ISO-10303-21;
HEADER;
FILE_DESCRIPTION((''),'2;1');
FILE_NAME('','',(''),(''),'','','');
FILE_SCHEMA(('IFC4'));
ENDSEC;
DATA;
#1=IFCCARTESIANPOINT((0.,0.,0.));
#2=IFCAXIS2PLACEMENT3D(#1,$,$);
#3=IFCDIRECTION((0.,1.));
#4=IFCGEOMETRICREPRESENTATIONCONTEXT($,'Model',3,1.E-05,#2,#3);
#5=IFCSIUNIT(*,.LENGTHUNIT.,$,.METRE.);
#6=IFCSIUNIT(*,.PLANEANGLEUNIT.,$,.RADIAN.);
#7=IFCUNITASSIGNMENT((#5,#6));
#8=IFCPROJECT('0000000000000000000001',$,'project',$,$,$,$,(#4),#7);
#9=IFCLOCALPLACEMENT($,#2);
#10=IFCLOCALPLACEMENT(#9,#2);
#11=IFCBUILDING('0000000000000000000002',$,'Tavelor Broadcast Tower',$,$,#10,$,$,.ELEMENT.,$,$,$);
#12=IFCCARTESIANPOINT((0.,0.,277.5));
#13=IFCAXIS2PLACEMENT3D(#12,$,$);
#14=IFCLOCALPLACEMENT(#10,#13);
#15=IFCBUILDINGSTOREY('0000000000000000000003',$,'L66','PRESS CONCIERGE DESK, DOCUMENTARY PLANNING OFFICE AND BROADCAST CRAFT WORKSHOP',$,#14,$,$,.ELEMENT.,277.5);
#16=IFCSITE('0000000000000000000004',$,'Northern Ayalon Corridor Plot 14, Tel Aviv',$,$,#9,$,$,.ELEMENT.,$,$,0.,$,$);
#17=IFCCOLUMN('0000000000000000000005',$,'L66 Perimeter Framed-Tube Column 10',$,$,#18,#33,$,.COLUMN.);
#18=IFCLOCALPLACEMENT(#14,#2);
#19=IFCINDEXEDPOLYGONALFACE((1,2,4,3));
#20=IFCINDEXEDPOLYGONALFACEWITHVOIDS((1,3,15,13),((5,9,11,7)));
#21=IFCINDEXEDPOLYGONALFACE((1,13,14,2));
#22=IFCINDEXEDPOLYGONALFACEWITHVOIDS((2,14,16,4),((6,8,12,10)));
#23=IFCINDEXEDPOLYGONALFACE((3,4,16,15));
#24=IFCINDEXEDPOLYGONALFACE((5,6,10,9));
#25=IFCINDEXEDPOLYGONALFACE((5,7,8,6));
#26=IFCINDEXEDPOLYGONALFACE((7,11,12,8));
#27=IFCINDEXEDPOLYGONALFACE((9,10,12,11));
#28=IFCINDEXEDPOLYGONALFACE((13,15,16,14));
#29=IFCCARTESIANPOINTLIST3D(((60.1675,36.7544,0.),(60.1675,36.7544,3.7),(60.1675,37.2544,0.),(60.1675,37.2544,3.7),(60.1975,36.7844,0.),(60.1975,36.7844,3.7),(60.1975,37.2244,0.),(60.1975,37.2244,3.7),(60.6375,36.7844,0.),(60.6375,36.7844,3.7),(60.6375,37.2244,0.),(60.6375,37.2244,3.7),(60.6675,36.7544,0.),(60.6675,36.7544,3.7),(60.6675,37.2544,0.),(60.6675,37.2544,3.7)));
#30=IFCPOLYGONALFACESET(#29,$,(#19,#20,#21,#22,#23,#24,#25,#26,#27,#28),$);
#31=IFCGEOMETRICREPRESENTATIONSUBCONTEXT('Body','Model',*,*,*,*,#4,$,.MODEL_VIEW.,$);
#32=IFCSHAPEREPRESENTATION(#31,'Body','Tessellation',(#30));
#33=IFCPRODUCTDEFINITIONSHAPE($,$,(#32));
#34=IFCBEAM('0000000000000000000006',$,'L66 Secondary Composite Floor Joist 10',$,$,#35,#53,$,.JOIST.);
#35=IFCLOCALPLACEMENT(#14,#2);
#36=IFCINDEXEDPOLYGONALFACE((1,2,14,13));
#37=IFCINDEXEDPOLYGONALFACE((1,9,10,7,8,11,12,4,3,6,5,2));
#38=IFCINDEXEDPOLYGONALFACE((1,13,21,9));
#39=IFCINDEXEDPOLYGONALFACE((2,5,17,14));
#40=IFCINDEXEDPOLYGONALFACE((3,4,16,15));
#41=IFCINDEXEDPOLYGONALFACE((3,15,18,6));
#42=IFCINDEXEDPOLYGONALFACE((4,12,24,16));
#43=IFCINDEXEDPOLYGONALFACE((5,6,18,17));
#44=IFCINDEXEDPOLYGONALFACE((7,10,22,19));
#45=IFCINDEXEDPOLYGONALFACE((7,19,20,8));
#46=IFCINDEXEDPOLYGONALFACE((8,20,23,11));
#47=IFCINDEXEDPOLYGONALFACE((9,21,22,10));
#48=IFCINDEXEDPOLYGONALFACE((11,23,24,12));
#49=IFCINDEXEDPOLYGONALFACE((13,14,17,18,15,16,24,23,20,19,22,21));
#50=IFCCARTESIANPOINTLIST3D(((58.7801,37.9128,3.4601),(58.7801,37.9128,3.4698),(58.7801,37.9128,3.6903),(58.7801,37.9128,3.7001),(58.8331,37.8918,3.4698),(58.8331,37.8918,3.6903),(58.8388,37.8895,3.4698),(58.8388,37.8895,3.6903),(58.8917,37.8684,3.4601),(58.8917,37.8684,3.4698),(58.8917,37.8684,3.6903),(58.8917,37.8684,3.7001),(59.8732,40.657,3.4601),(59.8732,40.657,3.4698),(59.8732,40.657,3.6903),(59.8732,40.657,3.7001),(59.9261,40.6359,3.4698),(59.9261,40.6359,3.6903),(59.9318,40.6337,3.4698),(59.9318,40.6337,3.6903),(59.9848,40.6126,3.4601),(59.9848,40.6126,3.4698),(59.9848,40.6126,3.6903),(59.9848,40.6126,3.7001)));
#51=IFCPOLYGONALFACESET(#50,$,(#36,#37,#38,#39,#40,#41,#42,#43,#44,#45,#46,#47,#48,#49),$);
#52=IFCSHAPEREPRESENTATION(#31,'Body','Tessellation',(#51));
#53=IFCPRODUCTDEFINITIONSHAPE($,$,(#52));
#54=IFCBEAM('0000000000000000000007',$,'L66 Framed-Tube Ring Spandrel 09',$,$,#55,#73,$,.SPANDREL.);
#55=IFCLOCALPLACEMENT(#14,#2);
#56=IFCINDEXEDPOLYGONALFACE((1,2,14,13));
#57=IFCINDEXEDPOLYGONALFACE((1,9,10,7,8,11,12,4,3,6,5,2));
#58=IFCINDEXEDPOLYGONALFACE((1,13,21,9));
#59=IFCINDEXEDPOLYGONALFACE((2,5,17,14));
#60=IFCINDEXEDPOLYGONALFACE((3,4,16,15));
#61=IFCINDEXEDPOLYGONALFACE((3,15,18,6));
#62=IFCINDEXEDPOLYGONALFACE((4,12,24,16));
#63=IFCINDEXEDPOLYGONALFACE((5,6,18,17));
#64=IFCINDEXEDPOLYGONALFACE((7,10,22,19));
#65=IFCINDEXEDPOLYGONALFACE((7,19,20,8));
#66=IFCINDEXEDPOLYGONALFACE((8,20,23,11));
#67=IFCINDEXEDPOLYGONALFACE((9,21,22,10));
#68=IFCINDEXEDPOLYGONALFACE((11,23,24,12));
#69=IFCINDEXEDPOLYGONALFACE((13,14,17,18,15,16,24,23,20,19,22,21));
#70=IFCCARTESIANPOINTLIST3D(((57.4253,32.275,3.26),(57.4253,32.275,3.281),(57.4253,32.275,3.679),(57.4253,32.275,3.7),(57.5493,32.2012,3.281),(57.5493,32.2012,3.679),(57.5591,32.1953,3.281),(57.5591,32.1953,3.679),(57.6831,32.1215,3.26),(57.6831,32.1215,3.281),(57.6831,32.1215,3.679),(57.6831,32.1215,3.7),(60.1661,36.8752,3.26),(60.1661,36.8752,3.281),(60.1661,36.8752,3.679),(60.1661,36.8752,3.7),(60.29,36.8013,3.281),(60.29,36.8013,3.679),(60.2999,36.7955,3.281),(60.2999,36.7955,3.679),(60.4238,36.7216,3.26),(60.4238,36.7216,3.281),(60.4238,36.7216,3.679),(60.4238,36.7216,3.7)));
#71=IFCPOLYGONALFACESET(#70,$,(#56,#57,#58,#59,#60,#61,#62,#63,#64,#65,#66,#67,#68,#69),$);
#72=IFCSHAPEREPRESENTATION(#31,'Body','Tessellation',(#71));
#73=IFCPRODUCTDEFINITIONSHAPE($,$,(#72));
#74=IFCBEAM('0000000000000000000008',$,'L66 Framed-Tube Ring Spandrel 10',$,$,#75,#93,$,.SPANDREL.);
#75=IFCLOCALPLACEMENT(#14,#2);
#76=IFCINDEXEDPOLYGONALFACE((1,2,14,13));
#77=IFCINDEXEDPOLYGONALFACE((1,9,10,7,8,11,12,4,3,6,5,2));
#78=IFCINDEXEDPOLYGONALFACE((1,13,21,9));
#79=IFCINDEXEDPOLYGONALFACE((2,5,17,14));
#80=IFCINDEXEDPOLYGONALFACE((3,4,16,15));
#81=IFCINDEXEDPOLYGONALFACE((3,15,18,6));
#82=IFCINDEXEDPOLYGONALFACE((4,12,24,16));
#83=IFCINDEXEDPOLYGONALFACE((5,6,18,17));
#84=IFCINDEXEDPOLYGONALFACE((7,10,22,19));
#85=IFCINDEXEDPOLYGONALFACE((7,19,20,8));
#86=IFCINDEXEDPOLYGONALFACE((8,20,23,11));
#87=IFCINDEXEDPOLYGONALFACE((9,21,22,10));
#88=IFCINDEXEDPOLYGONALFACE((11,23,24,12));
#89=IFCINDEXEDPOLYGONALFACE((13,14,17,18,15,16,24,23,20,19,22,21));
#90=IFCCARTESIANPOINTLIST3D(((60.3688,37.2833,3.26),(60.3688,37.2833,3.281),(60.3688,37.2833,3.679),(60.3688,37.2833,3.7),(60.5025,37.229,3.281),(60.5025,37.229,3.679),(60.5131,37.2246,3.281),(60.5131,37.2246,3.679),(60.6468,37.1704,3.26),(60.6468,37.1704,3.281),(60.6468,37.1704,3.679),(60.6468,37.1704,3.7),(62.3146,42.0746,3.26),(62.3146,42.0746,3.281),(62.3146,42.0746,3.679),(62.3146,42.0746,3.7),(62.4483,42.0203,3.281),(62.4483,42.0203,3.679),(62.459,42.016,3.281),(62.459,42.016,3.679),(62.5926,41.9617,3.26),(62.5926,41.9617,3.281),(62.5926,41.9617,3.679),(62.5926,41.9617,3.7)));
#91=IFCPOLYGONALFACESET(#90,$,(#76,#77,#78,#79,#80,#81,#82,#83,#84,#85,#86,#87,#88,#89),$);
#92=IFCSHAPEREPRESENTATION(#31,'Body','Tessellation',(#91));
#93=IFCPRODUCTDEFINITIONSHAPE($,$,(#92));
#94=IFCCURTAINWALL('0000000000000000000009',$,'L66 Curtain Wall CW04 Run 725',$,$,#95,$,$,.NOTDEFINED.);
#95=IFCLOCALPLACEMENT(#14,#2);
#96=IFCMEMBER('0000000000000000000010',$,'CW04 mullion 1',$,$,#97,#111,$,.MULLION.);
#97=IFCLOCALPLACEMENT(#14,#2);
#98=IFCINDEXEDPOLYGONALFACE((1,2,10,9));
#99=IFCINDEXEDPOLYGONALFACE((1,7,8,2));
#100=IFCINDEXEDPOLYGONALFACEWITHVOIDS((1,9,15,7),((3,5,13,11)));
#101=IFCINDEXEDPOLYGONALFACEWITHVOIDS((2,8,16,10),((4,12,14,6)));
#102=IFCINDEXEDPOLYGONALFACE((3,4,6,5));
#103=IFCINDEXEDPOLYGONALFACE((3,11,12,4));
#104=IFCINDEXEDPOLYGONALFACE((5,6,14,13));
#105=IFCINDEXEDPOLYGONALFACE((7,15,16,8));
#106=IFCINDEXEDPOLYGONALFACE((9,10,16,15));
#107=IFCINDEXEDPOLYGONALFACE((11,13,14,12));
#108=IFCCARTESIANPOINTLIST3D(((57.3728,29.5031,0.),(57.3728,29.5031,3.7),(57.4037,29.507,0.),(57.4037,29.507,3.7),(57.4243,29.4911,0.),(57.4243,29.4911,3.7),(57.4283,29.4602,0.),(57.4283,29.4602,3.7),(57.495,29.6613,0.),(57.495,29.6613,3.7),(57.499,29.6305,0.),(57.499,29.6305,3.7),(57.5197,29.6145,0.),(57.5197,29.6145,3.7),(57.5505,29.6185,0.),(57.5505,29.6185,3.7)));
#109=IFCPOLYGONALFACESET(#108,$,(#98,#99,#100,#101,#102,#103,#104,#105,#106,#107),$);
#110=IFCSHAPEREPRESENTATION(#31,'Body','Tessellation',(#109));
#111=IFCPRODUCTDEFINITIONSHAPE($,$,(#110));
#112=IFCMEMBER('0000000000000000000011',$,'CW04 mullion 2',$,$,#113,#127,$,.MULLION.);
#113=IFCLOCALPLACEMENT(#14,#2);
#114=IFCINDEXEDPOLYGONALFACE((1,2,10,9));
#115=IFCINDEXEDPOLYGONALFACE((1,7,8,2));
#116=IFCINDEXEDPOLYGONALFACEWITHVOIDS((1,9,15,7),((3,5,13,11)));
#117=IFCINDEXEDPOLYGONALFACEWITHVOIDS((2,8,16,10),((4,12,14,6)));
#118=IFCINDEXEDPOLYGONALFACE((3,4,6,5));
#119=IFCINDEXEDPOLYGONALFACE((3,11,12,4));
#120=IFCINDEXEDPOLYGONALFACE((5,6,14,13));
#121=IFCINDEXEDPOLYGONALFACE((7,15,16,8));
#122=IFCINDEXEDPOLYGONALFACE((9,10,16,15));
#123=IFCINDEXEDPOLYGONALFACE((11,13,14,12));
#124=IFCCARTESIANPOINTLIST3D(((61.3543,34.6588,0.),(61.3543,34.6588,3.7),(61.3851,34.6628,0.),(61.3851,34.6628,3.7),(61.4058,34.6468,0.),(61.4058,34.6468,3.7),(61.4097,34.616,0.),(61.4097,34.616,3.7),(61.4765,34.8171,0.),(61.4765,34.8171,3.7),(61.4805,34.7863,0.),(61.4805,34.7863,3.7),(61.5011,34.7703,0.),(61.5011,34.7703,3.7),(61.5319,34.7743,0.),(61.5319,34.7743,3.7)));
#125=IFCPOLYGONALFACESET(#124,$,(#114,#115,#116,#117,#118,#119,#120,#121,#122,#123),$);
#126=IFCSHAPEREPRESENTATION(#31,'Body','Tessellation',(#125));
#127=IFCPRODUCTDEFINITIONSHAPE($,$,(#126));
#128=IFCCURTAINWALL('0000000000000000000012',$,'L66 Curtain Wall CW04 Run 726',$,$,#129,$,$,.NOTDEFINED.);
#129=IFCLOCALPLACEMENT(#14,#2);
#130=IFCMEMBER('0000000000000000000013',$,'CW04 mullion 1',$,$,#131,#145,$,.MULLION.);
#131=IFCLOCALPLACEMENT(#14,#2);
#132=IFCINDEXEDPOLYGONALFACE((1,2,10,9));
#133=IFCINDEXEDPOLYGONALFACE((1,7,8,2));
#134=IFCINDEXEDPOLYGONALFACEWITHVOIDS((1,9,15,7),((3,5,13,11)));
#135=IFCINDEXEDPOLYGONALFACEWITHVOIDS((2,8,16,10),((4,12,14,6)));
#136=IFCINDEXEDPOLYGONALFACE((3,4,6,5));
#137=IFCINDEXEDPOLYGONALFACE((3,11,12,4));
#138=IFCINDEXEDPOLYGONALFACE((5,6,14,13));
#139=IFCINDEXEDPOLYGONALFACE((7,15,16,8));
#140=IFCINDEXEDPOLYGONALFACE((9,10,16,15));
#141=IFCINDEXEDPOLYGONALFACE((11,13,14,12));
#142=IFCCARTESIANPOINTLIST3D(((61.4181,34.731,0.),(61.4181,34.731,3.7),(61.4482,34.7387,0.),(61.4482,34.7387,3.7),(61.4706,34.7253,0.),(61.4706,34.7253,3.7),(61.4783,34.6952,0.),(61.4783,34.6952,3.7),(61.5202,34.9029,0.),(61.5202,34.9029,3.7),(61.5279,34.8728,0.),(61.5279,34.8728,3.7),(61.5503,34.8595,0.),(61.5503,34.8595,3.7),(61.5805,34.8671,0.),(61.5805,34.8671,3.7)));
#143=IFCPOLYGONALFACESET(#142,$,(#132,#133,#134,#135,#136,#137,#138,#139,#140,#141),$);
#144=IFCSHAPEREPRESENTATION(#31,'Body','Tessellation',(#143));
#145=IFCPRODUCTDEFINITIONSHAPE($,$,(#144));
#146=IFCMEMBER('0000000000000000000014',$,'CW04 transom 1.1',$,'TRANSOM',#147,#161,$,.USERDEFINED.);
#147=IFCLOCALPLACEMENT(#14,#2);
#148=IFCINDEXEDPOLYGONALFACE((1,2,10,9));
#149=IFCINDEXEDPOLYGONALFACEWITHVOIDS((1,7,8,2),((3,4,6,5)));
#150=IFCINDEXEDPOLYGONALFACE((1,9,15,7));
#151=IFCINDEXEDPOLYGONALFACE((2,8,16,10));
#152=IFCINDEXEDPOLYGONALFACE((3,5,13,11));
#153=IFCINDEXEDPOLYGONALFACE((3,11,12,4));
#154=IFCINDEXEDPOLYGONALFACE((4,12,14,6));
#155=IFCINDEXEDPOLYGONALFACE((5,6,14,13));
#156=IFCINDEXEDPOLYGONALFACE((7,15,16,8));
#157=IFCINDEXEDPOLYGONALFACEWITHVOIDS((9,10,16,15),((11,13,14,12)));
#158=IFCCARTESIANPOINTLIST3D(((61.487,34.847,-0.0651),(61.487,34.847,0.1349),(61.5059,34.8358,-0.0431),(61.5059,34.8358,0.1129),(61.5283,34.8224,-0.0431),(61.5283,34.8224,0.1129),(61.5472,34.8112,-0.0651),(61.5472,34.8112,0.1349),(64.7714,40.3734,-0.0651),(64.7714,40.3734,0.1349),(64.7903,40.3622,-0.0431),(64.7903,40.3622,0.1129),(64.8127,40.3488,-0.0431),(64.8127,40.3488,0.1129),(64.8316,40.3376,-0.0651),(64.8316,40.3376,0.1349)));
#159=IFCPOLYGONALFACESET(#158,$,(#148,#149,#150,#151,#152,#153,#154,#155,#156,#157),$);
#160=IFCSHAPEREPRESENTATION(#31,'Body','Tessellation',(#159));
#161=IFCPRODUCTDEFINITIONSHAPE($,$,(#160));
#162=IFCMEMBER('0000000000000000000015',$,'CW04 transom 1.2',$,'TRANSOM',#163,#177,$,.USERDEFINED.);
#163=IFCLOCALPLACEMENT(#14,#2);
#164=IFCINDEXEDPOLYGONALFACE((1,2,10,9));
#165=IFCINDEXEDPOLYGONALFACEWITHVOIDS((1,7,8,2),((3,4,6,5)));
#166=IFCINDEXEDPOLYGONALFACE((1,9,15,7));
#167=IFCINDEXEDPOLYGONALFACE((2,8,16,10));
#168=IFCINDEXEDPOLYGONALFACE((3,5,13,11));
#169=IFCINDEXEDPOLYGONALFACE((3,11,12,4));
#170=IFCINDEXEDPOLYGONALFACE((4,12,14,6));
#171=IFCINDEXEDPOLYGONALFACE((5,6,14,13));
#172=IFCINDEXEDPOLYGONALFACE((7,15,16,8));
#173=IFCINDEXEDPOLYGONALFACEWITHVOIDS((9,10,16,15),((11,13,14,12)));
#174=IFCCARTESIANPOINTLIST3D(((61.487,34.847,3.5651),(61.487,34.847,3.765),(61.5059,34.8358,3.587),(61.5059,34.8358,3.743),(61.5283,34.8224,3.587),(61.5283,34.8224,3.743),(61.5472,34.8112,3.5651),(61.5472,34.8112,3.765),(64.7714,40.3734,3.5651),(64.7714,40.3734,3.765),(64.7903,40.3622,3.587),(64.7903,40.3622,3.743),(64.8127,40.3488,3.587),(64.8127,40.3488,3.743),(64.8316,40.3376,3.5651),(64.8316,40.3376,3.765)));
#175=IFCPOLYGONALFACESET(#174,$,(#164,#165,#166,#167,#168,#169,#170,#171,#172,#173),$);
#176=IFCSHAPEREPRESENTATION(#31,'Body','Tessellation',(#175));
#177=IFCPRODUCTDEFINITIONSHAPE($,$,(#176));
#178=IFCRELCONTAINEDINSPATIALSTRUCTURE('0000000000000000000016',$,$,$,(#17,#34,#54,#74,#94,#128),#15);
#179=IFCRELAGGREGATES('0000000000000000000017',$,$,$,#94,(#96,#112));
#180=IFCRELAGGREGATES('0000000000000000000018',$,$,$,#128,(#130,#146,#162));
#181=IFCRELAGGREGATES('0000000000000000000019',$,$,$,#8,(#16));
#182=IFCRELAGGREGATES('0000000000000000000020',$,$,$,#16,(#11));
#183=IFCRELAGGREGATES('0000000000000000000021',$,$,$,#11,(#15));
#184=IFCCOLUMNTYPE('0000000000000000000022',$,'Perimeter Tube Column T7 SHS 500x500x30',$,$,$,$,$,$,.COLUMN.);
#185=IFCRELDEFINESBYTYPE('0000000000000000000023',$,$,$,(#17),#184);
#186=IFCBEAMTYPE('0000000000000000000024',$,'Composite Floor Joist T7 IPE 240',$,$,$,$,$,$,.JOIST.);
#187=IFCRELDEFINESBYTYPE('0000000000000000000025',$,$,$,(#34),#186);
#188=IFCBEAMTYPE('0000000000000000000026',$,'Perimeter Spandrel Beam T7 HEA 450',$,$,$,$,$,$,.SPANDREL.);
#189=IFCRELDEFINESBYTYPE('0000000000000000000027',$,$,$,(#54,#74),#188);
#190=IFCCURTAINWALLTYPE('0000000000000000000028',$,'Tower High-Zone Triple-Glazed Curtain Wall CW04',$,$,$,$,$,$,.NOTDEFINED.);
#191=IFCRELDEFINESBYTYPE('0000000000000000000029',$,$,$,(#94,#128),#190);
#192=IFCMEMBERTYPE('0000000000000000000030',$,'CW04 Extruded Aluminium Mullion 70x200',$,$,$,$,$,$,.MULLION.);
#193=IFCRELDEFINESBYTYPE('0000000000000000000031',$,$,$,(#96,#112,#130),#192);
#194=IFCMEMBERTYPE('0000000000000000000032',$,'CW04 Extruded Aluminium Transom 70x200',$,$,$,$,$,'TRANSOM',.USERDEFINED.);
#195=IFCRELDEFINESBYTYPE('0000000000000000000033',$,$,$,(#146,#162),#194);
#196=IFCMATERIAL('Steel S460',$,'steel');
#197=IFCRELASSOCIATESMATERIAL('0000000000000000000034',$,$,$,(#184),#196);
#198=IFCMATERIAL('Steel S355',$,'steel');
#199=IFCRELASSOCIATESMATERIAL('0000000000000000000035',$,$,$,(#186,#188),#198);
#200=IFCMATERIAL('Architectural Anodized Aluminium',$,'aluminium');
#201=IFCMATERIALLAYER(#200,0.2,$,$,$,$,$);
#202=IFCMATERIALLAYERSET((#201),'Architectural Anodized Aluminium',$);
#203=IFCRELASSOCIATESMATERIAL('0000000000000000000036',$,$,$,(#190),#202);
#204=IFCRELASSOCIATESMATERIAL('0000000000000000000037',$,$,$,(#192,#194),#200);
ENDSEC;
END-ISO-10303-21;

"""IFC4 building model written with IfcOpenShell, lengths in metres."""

from ifc_helpers import new_model, si_unit, direction, frame, origin, origin_2d, place, context, subcontext, project, spatial, hollow_rectangle, i_section, extrude, source, transform, mapped, material, layer, layer_set, material_profile, profile_set, type_object, type_shapes, element, aggregate, save


model = new_model("IFC4")

# Units and contexts
model_context = context("Model", 3, precision=1e-05, world=origin(), true_north=direction((0.0, 1.0)))
body_context = subcontext(model_context, "Body", "Model", "MODEL_VIEW")
ifc_project = project(units=[si_unit("LENGTHUNIT", "METRE"), si_unit("PLANEANGLEUNIT", "RADIAN")], contexts=[model_context])

# Site, building, storey
site_placement = place(None, origin())
site = spatial("IfcSite", under=ifc_project, at=site_placement, Name="Northern Ayalon Corridor Plot 14, Tel Aviv", CompositionType="ELEMENT", RefElevation=0.0)
building_placement = place(site_placement, origin())
building = spatial("IfcBuilding", under=site, at=building_placement, Name="Tavelor Broadcast Tower", CompositionType="ELEMENT")
storey_placement = place(building_placement, frame((0.0, 0.0, 277.5)))
storey = spatial("IfcBuildingStorey", under=building, at=storey_placement, Name="L66", Description="PRESS CONCIERGE DESK, DOCUMENTARY PLANNING OFFICE AND BROADCAST CRAFT WORKSHOP", CompositionType="ELEMENT", Elevation=277.5)

# Column
ifc_material_1 = material(Name="Steel S460", Category="steel")
ifc_material_profile_1 = material_profile(ifc_material_1, hollow_rectangle(XDim=0.5, YDim=0.5, WallThickness=0.03, at=origin_2d()), Name="SHS 500x500x30")
ifc_profile_set_1 = profile_set([ifc_material_profile_1], Name="Steel S460")
column_type = type_object("IfcColumnType", Name="Perimeter Tube Column T7 SHS 500x500x30", PredefinedType="COLUMN", material=ifc_profile_set_1)
column_placement = place(storey_placement, frame((60.4175, 37.0044, 0.0), z_axis=(0.0, 0.0, 1.0), x_axis=(1.0, 0.0, 0.0)))
element("IfcColumn", 1, at=column_placement, inside=storey, type_object=column_type, Name="L66 Perimeter Framed-Tube Column 10", PredefinedType="COLUMN", context=body_context, shape_type="SweptSolid", body=[
    extrude(hollow_rectangle(XDim=0.5, YDim=0.5, WallThickness=0.03, at=origin_2d()), origin(), (0.0, 0.0, 1.0), 3.7),
])

# Beams
ifc_material_2 = material(Name="Steel S355", Category="steel")
ifc_material_profile_2 = material_profile(ifc_material_2, i_section(OverallWidth=0.1201, OverallDepth=0.24, WebThickness=0.0061, FlangeThickness=0.0098, at=origin_2d()), Name="IPE 240")
ifc_profile_set_2 = profile_set([ifc_material_profile_2], Name="Steel S355")
beam_type_1 = type_object("IfcBeamType", Name="Composite Floor Joist T7 IPE 240", PredefinedType="JOIST", material=ifc_profile_set_2)
beam_1_placement = place(storey_placement, frame((58.8359, 37.8906, 3.5801), z_axis=(0.370036, 0.929017, 0.0), x_axis=(-0.929017, 0.370036, 0.0)))
element("IfcBeam", 2, at=beam_1_placement, inside=storey, type_object=beam_type_1, Name="L66 Secondary Composite Floor Joist 10", PredefinedType="JOIST", context=body_context, shape_type="SweptSolid", body=[
    extrude(i_section(OverallWidth=0.1201, OverallDepth=0.24, WebThickness=0.0061, FlangeThickness=0.0098, at=origin_2d()), origin(), (0.0, 0.0, 1.0), 2.9539),
])
ifc_material_profile_3 = material_profile(ifc_material_2, i_section(OverallWidth=0.3, OverallDepth=0.4399, WebThickness=0.0115, FlangeThickness=0.021, at=origin_2d()), Name="HEA 450")
ifc_profile_set_3 = profile_set([ifc_material_profile_3], Name="Steel S355")
beam_type_2 = type_object("IfcBeamType", Name="Perimeter Spandrel Beam T7 HEA 450", PredefinedType="SPANDREL", material=ifc_profile_set_3)
beam_2_placement = place(storey_placement, frame((57.5542, 32.1982, 3.48), z_axis=(0.511838, 0.859082, 0.0), x_axis=(-0.859082, 0.511838, 0.0)))
element("IfcBeam", 3, at=beam_2_placement, inside=storey, type_object=beam_type_2, Name="L66 Framed-Tube Ring Spandrel 09", PredefinedType="SPANDREL", context=body_context, shape_type="SweptSolid", body=[
    extrude(i_section(OverallWidth=0.3, OverallDepth=0.4399, WebThickness=0.0115, FlangeThickness=0.021, at=origin_2d()), origin(), (0.0, 0.0, 1.0), 5.3547),
])
beam_3_placement = place(storey_placement, frame((60.5078, 37.2268, 3.48), z_axis=(0.376269, 0.92651, 0.0), x_axis=(-0.92651, 0.376269, 0.0)))
element("IfcBeam", 4, at=beam_3_placement, inside=storey, type_object=beam_type_2, Name="L66 Framed-Tube Ring Spandrel 10", PredefinedType="SPANDREL", context=body_context, shape_type="SweptSolid", body=[
    extrude(i_section(OverallWidth=0.3, OverallDepth=0.4399, WebThickness=0.0115, FlangeThickness=0.021, at=origin_2d()), origin(), (0.0, 0.0, 1.0), 5.1714),
])

# Curtain walls, members
ifc_material_3 = material(Name="Architectural Anodized Aluminium", Category="aluminium")
ifc_layer_1 = layer(ifc_material_3, 0.2)
ifc_layer_set_1 = layer_set([ifc_layer_1], Name="Architectural Anodized Aluminium")
curtain_wall_type = type_object("IfcCurtainWallType", Name="Tower High-Zone Triple-Glazed Curtain Wall CW04", PredefinedType="NOTDEFINED", material=ifc_layer_set_1)
curtain_wall_1_placement = place(storey_placement, origin())
curtain_wall_1 = element("IfcCurtainWall", 5, at=curtain_wall_1_placement, inside=storey, type_object=curtain_wall_type, Name="L66 Curtain Wall CW04 Run 725", PredefinedType="NOTDEFINED")
ifc_material_profile_4 = material_profile(ifc_material_3, hollow_rectangle(XDim=0.0701, YDim=0.2, WallThickness=0.022, at=origin_2d()), Name="RHS 70x200x22")
ifc_profile_set_4 = profile_set([ifc_material_profile_4], Name="Architectural Anodized Aluminium")
member_type_1 = type_object("IfcMemberType", Name="CW04 Extruded Aluminium Mullion 70x200", PredefinedType="MULLION", material=ifc_profile_set_4)
shared_shape_1 = source(origin(), body_context, "Body", "SweptSolid", [
    extrude(hollow_rectangle(XDim=0.0701, YDim=0.2, WallThickness=0.022, at=origin_2d()), origin(), (0.0, 0.0, 1.0), 3.7),
])
type_shapes(member_type_1, [shared_shape_1])
member_1_placement = place(storey_placement, frame((57.4617, 29.5608, 0.0), z_axis=(0.0, 0.0, 1.0), x_axis=(-0.791488, 0.611185, 0.0)))
member_1 = element("IfcMember", 6, at=member_1_placement, type_object=member_type_1, Name="CW04 mullion 1", PredefinedType="MULLION", context=body_context, shape_type="MappedRepresentation", body=[
    mapped(shared_shape_1, transform((0.0, 0.0, 0.0), scale=1.0)),
])
member_2_placement = place(storey_placement, frame((61.4431, 34.7166, 0.0), z_axis=(0.0, 0.0, 1.0), x_axis=(-0.791488, 0.611185, 0.0)))
member_2 = element("IfcMember", 7, at=member_2_placement, type_object=member_type_1, Name="CW04 mullion 2", PredefinedType="MULLION", context=body_context, shape_type="MappedRepresentation", body=[
    mapped(shared_shape_1, transform((0.0, 0.0, 0.0), scale=1.0)),
])
curtain_wall_2_placement = place(storey_placement, origin())
curtain_wall_2 = element("IfcCurtainWall", 8, at=curtain_wall_2_placement, inside=storey, type_object=curtain_wall_type, Name="L66 Curtain Wall CW04 Run 726", PredefinedType="NOTDEFINED")
member_3_placement = place(storey_placement, frame((61.4993, 34.7991, 0.0), z_axis=(0.0, 0.0, 1.0), x_axis=(-0.85964, 0.5109, 0.0)))
member_3 = element("IfcMember", 9, at=member_3_placement, type_object=member_type_1, Name="CW04 mullion 1", PredefinedType="MULLION", context=body_context, shape_type="MappedRepresentation", body=[
    mapped(shared_shape_1, transform((0.0, 0.0, 0.0), scale=1.0)),
])
ifc_material_profile_5 = material_profile(ifc_material_3, hollow_rectangle(XDim=0.0701, YDim=0.2, WallThickness=0.022, at=origin_2d()), Name="RHS 70x200x22")
ifc_profile_set_5 = profile_set([ifc_material_profile_5], Name="Architectural Anodized Aluminium")
member_type_2 = type_object("IfcMemberType", Name="CW04 Extruded Aluminium Transom 70x200", ElementType="TRANSOM", PredefinedType="USERDEFINED", material=ifc_profile_set_5)
shared_shape_2 = source(origin(), body_context, "Body", "SweptSolid", [
    extrude(hollow_rectangle(XDim=0.0701, YDim=0.2, WallThickness=0.022, at=origin_2d()), origin(), (0.0, 0.0, 1.0), 6.4287),
])
member_4_placement = place(storey_placement, frame((61.5171, 34.8291, 0.0349), z_axis=(0.5109, 0.85964, 0.0), x_axis=(-0.85964, 0.5109, 0.0)))
member_4 = element("IfcMember", 10, at=member_4_placement, type_object=member_type_2, Name="CW04 transom 1.1", ObjectType="TRANSOM", PredefinedType="USERDEFINED", context=body_context, shape_type="MappedRepresentation", body=[
    mapped(shared_shape_2, transform((0.0, 0.0, 0.0), scale=1.0)),
])
member_5_placement = place(storey_placement, frame((61.5171, 34.8291, 3.665), z_axis=(0.5109, 0.85964, 0.0), x_axis=(-0.85964, 0.5109, 0.0)))
member_5 = element("IfcMember", 11, at=member_5_placement, type_object=member_type_2, Name="CW04 transom 1.2", ObjectType="TRANSOM", PredefinedType="USERDEFINED", context=body_context, shape_type="MappedRepresentation", body=[
    mapped(shared_shape_2, transform((0.0, 0.0, 0.0), scale=1.0)),
])

aggregate(curtain_wall_1, [member_1, member_2])
aggregate(curtain_wall_2, [member_3, member_4, member_5])

save(model, "model.ifc")
